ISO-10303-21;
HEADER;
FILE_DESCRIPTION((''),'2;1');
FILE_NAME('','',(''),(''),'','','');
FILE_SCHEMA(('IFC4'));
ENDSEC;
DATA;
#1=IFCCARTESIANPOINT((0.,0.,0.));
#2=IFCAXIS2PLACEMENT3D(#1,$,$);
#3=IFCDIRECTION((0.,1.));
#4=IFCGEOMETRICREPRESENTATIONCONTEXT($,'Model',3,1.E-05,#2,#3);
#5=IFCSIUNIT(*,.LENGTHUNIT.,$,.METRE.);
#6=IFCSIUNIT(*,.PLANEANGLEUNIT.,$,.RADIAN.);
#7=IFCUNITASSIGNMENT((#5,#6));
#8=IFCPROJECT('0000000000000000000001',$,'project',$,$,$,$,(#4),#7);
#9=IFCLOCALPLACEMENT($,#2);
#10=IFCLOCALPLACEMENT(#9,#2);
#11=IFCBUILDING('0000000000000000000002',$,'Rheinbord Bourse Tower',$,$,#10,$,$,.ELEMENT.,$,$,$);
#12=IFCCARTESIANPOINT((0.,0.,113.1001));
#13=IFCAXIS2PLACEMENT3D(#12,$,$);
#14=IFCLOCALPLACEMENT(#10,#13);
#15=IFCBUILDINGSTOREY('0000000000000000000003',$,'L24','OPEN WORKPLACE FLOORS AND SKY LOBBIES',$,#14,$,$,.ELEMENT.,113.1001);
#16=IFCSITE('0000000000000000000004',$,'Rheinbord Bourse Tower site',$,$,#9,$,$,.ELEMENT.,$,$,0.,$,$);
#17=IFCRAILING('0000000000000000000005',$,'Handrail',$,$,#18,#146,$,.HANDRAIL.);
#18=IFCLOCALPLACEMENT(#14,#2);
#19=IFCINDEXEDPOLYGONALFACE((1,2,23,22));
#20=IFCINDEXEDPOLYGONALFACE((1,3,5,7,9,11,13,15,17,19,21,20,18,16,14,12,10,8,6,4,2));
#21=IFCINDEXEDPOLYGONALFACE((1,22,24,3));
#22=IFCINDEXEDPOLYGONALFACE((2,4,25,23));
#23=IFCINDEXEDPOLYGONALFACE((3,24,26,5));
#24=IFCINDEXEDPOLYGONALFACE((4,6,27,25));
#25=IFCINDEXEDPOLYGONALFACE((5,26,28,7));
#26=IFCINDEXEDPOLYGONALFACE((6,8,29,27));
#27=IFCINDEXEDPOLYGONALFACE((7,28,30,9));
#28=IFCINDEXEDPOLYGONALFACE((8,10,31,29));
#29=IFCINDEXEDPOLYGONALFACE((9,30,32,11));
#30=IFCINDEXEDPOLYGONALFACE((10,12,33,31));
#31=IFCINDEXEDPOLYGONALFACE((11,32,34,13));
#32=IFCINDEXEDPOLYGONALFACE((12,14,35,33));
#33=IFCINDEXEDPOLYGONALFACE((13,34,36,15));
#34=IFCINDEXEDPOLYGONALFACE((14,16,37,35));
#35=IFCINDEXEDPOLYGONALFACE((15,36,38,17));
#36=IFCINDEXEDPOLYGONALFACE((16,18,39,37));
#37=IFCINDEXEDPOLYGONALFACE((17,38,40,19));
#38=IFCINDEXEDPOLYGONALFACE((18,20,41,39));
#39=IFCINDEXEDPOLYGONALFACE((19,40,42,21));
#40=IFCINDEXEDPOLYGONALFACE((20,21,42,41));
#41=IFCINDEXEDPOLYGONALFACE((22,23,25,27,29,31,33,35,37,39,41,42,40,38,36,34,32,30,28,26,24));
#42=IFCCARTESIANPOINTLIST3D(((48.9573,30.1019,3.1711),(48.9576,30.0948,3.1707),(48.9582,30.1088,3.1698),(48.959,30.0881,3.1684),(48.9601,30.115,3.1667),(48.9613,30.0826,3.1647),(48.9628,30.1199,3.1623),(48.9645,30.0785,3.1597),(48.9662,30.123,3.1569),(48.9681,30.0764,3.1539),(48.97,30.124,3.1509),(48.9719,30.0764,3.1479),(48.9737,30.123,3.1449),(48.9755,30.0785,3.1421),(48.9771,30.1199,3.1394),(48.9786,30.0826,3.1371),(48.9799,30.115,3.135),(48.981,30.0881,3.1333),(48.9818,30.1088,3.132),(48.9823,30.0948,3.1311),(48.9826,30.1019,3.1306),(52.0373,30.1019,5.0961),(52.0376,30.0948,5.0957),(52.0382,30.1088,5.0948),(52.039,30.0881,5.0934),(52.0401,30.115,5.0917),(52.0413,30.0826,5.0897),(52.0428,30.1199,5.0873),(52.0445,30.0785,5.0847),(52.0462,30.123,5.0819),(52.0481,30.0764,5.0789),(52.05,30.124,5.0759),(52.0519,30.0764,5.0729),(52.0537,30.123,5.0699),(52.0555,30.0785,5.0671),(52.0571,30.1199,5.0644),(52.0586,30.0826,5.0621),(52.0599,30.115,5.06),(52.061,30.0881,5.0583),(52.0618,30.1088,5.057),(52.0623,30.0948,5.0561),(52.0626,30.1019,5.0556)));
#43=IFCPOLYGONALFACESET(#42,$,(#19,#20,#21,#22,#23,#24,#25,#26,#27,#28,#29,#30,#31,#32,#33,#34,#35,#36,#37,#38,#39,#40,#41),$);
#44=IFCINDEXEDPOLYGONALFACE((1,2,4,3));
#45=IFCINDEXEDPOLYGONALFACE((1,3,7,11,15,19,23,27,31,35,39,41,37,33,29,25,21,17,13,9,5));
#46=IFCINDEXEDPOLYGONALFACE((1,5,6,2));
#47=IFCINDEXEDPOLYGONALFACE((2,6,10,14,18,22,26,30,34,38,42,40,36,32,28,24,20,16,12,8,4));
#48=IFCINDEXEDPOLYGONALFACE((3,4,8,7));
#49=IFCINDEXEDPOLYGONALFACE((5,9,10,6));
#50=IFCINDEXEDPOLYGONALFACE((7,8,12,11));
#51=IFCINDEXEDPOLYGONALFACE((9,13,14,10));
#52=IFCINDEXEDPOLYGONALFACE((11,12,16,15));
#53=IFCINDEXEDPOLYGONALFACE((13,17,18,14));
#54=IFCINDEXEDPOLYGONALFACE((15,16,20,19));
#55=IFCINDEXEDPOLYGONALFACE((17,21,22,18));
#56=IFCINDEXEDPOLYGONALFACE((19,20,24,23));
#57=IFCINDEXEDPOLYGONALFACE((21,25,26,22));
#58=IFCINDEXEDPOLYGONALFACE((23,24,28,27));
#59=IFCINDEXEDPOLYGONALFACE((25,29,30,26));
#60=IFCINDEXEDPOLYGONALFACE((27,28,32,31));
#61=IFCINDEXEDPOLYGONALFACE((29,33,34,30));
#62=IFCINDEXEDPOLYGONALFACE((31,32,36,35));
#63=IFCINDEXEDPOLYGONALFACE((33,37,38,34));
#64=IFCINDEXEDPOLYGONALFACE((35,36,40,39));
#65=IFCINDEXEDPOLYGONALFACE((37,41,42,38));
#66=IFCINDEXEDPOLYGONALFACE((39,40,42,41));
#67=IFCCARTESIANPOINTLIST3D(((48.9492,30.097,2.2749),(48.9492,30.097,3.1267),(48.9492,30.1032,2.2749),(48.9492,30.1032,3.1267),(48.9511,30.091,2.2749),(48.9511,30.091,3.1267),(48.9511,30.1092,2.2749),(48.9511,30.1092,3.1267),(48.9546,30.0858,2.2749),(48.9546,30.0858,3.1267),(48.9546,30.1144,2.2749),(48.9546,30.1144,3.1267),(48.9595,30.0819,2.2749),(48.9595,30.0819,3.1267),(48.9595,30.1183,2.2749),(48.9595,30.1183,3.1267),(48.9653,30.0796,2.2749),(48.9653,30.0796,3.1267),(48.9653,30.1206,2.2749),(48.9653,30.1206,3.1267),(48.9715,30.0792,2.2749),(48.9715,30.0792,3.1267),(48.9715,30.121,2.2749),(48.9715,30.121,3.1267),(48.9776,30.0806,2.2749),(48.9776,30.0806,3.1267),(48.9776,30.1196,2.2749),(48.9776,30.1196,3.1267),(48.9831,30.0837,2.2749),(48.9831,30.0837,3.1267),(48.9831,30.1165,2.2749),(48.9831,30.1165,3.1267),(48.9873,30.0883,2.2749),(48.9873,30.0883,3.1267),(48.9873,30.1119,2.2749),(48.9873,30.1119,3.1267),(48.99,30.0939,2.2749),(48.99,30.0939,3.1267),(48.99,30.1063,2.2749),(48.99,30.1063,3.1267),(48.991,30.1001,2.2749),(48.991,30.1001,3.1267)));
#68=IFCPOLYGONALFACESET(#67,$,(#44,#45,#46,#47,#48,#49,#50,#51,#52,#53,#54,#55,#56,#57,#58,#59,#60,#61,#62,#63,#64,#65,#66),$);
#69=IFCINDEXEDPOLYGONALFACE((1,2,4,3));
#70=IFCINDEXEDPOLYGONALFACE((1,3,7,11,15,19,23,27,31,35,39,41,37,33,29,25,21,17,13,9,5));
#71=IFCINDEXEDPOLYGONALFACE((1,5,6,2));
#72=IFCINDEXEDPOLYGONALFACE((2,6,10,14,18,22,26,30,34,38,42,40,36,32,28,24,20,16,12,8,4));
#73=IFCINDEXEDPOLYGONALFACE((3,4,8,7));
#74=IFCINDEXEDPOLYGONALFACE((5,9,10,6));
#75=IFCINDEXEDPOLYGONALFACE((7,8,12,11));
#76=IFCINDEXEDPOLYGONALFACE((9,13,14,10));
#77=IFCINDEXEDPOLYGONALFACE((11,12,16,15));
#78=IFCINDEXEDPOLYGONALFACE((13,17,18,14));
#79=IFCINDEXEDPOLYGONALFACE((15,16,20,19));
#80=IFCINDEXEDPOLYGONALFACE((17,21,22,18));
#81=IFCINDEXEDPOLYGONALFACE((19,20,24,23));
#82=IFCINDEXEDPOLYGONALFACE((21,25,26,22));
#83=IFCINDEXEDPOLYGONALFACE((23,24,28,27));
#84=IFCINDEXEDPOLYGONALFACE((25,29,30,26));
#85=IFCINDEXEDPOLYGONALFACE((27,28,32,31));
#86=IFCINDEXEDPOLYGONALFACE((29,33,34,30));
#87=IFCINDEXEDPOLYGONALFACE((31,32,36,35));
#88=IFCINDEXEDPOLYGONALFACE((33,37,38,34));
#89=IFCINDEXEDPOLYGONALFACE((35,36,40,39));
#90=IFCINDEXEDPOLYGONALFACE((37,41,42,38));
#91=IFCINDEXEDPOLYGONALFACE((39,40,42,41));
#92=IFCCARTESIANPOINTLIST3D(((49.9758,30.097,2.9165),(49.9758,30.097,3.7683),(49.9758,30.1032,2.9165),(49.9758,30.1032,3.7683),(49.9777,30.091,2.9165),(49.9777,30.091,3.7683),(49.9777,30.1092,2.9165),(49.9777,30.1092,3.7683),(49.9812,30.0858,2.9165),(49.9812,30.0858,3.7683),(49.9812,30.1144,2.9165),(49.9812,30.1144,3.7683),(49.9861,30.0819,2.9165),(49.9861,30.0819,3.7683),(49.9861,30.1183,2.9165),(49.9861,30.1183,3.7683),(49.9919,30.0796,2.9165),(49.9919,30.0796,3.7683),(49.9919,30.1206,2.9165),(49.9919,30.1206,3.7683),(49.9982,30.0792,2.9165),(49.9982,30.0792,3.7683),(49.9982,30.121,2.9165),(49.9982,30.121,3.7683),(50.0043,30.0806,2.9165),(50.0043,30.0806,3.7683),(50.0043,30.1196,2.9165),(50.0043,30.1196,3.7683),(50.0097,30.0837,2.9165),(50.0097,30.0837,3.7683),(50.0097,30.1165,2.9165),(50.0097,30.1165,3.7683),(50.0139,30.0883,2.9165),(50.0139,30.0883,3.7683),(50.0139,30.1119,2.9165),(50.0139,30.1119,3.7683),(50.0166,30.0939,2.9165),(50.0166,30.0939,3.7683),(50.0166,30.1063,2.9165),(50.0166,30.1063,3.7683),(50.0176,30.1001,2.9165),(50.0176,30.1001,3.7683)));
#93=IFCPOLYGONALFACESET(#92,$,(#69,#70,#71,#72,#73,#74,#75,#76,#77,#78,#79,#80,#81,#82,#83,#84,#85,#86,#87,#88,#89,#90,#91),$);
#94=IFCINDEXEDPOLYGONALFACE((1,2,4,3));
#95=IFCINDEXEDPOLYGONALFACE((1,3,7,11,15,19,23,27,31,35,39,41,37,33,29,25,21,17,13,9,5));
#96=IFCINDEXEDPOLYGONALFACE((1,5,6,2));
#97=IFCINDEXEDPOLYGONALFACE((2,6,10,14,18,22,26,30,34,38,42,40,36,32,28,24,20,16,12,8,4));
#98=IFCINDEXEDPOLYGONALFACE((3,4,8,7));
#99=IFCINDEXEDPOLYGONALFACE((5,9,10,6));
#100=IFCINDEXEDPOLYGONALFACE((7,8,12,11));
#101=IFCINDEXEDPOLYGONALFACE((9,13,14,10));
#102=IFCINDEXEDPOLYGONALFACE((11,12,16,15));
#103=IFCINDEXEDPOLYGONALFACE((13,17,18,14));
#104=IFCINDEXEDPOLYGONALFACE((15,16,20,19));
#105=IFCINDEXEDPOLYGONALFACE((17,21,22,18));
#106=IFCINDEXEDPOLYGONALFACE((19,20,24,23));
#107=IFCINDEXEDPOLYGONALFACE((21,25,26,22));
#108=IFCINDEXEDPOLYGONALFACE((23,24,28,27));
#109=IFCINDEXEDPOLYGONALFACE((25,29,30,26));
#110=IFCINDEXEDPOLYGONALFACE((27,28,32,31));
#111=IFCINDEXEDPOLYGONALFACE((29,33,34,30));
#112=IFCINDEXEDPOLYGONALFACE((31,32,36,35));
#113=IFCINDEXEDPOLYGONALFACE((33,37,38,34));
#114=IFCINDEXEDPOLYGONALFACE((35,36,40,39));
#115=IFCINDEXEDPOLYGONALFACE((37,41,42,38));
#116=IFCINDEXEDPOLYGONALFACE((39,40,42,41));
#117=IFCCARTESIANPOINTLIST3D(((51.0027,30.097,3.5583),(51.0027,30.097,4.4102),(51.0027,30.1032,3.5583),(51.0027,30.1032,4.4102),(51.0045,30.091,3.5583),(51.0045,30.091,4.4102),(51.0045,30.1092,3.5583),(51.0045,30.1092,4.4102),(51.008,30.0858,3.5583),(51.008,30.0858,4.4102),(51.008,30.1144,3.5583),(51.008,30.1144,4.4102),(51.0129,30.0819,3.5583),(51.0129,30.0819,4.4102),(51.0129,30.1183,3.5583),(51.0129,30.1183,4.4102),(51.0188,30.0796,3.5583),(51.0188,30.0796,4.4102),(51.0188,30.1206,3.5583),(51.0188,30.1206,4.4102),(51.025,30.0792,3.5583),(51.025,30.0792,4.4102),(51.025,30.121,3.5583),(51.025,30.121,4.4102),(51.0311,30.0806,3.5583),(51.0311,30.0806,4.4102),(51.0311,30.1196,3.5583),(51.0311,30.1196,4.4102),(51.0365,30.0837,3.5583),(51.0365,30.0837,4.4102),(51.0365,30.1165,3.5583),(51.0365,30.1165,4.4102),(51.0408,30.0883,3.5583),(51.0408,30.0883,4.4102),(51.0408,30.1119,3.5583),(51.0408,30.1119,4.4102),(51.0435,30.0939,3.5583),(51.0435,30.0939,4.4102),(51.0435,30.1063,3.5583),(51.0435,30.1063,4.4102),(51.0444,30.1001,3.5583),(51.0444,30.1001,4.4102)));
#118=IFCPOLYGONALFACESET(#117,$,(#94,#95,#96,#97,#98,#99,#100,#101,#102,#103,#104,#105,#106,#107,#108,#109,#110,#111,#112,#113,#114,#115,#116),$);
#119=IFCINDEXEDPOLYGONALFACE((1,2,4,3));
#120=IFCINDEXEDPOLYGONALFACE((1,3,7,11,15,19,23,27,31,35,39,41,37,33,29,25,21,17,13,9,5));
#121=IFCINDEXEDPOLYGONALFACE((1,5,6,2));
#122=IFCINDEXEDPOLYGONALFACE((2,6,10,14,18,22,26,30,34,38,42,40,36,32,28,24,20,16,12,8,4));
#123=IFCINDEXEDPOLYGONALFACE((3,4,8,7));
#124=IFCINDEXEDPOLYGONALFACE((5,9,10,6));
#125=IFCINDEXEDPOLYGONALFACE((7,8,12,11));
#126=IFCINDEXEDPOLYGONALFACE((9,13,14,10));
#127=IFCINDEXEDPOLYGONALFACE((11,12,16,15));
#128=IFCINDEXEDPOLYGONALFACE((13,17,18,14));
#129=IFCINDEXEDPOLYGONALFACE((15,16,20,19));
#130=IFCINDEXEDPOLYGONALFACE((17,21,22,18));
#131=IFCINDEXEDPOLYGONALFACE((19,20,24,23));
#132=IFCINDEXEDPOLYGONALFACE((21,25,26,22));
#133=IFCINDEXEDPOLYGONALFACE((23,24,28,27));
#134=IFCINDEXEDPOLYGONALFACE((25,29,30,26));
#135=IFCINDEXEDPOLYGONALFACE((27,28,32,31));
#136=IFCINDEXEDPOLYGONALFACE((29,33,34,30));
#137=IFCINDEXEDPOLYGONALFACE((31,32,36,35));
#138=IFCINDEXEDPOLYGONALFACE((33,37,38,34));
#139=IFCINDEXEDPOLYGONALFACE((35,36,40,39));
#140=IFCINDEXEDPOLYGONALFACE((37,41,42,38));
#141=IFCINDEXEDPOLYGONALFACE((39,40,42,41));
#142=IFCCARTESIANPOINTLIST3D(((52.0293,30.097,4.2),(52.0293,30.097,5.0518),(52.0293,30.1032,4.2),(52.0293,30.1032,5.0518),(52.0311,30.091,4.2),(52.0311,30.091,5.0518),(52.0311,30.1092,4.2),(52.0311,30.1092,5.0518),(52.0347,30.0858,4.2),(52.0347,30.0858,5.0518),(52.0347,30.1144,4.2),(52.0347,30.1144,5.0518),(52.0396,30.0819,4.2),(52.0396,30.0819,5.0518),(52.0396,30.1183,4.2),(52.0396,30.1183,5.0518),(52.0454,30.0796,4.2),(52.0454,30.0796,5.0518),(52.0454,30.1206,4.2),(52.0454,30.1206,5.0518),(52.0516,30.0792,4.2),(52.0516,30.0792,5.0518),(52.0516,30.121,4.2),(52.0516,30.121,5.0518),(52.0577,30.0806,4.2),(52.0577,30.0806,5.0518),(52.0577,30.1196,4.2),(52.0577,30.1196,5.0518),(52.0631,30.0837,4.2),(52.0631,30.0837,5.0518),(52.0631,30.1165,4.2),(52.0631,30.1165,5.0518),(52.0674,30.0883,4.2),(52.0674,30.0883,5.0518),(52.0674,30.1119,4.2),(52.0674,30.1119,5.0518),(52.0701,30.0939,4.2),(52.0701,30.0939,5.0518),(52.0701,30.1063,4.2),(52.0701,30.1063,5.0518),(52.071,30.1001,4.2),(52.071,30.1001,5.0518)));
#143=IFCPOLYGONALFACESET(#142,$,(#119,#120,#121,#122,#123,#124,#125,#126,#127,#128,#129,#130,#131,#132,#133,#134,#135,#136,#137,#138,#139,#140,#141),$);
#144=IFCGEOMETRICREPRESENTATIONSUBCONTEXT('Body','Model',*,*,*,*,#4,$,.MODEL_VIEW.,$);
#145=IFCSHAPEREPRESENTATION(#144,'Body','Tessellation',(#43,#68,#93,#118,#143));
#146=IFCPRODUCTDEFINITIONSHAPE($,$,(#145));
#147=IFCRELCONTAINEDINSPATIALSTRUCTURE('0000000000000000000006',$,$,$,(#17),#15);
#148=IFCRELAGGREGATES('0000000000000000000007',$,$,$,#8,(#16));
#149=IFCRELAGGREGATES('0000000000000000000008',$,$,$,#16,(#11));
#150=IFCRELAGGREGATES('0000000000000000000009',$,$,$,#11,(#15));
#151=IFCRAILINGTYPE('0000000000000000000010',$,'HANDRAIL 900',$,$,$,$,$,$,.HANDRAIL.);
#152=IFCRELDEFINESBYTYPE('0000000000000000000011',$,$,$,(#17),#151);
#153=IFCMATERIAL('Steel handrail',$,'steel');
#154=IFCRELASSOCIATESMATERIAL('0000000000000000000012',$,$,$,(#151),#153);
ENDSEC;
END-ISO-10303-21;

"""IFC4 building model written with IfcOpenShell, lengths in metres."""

from ifc_helpers import new_model, si_unit, direction, frame, origin, origin_2d, place, context, subcontext, project, spatial, circle, extrude, material, type_object, element, save


model = new_model("IFC4")

# Units and contexts
model_context = context("Model", 3, precision=1e-05, world=origin(), true_north=direction((0.0, 1.0)))
body_context = subcontext(model_context, "Body", "Model", "MODEL_VIEW")
ifc_project = project(units=[si_unit("LENGTHUNIT", "METRE"), si_unit("PLANEANGLEUNIT", "RADIAN")], contexts=[model_context])

# Site, building, storey
site_placement = place(None, origin())
site = spatial("IfcSite", under=ifc_project, at=site_placement, Name="Rheinbord Bourse Tower site", CompositionType="ELEMENT", RefElevation=0.0)
building_placement = place(site_placement, origin())
building = spatial("IfcBuilding", under=site, at=building_placement, Name="Rheinbord Bourse Tower", CompositionType="ELEMENT")
storey_placement = place(building_placement, frame((0.0, 0.0, 113.1001)))
storey = spatial("IfcBuildingStorey", under=building, at=storey_placement, Name="L24", Description="OPEN WORKPLACE FLOORS AND SKY LOBBIES", CompositionType="ELEMENT", Elevation=113.1001)

# Railing
ifc_material_1 = material(Name="Steel handrail", Category="steel")
railing_type = type_object("IfcRailingType", Name="HANDRAIL 900", PredefinedType="HANDRAIL", material=ifc_material_1)
railing_1_placement = place(storey_placement, frame((48.97, 30.1001, 2.2749)))
element("IfcRailing", 1, at=railing_1_placement, inside=storey, type_object=railing_type, Name="Handrail", PredefinedType="HANDRAIL", context=body_context, shape_type="SweptSolid", body=[
    extrude(circle(Radius=0.0239, at=origin_2d()), frame((0.0, 0.0, 0.876), z_axis=(0.847998, 0.0, 0.529999), x_axis=(0.0, 1.0, 0.0)), (0.0, 0.0, 1.0), 3.6321),
    extrude(circle(Radius=0.021, at=origin_2d()), origin(), (0.0, 0.0, 1.0), 0.8518),
    extrude(circle(Radius=0.021, at=origin_2d()), frame((1.0266, 0.0, 0.6416)), (0.0, 0.0, 1.0), 0.8518),
    extrude(circle(Radius=0.021, at=origin_2d()), frame((2.0535, 0.0, 1.2834)), (0.0, 0.0, 1.0), 0.8518),
    extrude(circle(Radius=0.021, at=origin_2d()), frame((3.0801, 0.0, 1.925)), (0.0, 0.0, 1.0), 0.8518),
])

save(model, "model.ifc")
